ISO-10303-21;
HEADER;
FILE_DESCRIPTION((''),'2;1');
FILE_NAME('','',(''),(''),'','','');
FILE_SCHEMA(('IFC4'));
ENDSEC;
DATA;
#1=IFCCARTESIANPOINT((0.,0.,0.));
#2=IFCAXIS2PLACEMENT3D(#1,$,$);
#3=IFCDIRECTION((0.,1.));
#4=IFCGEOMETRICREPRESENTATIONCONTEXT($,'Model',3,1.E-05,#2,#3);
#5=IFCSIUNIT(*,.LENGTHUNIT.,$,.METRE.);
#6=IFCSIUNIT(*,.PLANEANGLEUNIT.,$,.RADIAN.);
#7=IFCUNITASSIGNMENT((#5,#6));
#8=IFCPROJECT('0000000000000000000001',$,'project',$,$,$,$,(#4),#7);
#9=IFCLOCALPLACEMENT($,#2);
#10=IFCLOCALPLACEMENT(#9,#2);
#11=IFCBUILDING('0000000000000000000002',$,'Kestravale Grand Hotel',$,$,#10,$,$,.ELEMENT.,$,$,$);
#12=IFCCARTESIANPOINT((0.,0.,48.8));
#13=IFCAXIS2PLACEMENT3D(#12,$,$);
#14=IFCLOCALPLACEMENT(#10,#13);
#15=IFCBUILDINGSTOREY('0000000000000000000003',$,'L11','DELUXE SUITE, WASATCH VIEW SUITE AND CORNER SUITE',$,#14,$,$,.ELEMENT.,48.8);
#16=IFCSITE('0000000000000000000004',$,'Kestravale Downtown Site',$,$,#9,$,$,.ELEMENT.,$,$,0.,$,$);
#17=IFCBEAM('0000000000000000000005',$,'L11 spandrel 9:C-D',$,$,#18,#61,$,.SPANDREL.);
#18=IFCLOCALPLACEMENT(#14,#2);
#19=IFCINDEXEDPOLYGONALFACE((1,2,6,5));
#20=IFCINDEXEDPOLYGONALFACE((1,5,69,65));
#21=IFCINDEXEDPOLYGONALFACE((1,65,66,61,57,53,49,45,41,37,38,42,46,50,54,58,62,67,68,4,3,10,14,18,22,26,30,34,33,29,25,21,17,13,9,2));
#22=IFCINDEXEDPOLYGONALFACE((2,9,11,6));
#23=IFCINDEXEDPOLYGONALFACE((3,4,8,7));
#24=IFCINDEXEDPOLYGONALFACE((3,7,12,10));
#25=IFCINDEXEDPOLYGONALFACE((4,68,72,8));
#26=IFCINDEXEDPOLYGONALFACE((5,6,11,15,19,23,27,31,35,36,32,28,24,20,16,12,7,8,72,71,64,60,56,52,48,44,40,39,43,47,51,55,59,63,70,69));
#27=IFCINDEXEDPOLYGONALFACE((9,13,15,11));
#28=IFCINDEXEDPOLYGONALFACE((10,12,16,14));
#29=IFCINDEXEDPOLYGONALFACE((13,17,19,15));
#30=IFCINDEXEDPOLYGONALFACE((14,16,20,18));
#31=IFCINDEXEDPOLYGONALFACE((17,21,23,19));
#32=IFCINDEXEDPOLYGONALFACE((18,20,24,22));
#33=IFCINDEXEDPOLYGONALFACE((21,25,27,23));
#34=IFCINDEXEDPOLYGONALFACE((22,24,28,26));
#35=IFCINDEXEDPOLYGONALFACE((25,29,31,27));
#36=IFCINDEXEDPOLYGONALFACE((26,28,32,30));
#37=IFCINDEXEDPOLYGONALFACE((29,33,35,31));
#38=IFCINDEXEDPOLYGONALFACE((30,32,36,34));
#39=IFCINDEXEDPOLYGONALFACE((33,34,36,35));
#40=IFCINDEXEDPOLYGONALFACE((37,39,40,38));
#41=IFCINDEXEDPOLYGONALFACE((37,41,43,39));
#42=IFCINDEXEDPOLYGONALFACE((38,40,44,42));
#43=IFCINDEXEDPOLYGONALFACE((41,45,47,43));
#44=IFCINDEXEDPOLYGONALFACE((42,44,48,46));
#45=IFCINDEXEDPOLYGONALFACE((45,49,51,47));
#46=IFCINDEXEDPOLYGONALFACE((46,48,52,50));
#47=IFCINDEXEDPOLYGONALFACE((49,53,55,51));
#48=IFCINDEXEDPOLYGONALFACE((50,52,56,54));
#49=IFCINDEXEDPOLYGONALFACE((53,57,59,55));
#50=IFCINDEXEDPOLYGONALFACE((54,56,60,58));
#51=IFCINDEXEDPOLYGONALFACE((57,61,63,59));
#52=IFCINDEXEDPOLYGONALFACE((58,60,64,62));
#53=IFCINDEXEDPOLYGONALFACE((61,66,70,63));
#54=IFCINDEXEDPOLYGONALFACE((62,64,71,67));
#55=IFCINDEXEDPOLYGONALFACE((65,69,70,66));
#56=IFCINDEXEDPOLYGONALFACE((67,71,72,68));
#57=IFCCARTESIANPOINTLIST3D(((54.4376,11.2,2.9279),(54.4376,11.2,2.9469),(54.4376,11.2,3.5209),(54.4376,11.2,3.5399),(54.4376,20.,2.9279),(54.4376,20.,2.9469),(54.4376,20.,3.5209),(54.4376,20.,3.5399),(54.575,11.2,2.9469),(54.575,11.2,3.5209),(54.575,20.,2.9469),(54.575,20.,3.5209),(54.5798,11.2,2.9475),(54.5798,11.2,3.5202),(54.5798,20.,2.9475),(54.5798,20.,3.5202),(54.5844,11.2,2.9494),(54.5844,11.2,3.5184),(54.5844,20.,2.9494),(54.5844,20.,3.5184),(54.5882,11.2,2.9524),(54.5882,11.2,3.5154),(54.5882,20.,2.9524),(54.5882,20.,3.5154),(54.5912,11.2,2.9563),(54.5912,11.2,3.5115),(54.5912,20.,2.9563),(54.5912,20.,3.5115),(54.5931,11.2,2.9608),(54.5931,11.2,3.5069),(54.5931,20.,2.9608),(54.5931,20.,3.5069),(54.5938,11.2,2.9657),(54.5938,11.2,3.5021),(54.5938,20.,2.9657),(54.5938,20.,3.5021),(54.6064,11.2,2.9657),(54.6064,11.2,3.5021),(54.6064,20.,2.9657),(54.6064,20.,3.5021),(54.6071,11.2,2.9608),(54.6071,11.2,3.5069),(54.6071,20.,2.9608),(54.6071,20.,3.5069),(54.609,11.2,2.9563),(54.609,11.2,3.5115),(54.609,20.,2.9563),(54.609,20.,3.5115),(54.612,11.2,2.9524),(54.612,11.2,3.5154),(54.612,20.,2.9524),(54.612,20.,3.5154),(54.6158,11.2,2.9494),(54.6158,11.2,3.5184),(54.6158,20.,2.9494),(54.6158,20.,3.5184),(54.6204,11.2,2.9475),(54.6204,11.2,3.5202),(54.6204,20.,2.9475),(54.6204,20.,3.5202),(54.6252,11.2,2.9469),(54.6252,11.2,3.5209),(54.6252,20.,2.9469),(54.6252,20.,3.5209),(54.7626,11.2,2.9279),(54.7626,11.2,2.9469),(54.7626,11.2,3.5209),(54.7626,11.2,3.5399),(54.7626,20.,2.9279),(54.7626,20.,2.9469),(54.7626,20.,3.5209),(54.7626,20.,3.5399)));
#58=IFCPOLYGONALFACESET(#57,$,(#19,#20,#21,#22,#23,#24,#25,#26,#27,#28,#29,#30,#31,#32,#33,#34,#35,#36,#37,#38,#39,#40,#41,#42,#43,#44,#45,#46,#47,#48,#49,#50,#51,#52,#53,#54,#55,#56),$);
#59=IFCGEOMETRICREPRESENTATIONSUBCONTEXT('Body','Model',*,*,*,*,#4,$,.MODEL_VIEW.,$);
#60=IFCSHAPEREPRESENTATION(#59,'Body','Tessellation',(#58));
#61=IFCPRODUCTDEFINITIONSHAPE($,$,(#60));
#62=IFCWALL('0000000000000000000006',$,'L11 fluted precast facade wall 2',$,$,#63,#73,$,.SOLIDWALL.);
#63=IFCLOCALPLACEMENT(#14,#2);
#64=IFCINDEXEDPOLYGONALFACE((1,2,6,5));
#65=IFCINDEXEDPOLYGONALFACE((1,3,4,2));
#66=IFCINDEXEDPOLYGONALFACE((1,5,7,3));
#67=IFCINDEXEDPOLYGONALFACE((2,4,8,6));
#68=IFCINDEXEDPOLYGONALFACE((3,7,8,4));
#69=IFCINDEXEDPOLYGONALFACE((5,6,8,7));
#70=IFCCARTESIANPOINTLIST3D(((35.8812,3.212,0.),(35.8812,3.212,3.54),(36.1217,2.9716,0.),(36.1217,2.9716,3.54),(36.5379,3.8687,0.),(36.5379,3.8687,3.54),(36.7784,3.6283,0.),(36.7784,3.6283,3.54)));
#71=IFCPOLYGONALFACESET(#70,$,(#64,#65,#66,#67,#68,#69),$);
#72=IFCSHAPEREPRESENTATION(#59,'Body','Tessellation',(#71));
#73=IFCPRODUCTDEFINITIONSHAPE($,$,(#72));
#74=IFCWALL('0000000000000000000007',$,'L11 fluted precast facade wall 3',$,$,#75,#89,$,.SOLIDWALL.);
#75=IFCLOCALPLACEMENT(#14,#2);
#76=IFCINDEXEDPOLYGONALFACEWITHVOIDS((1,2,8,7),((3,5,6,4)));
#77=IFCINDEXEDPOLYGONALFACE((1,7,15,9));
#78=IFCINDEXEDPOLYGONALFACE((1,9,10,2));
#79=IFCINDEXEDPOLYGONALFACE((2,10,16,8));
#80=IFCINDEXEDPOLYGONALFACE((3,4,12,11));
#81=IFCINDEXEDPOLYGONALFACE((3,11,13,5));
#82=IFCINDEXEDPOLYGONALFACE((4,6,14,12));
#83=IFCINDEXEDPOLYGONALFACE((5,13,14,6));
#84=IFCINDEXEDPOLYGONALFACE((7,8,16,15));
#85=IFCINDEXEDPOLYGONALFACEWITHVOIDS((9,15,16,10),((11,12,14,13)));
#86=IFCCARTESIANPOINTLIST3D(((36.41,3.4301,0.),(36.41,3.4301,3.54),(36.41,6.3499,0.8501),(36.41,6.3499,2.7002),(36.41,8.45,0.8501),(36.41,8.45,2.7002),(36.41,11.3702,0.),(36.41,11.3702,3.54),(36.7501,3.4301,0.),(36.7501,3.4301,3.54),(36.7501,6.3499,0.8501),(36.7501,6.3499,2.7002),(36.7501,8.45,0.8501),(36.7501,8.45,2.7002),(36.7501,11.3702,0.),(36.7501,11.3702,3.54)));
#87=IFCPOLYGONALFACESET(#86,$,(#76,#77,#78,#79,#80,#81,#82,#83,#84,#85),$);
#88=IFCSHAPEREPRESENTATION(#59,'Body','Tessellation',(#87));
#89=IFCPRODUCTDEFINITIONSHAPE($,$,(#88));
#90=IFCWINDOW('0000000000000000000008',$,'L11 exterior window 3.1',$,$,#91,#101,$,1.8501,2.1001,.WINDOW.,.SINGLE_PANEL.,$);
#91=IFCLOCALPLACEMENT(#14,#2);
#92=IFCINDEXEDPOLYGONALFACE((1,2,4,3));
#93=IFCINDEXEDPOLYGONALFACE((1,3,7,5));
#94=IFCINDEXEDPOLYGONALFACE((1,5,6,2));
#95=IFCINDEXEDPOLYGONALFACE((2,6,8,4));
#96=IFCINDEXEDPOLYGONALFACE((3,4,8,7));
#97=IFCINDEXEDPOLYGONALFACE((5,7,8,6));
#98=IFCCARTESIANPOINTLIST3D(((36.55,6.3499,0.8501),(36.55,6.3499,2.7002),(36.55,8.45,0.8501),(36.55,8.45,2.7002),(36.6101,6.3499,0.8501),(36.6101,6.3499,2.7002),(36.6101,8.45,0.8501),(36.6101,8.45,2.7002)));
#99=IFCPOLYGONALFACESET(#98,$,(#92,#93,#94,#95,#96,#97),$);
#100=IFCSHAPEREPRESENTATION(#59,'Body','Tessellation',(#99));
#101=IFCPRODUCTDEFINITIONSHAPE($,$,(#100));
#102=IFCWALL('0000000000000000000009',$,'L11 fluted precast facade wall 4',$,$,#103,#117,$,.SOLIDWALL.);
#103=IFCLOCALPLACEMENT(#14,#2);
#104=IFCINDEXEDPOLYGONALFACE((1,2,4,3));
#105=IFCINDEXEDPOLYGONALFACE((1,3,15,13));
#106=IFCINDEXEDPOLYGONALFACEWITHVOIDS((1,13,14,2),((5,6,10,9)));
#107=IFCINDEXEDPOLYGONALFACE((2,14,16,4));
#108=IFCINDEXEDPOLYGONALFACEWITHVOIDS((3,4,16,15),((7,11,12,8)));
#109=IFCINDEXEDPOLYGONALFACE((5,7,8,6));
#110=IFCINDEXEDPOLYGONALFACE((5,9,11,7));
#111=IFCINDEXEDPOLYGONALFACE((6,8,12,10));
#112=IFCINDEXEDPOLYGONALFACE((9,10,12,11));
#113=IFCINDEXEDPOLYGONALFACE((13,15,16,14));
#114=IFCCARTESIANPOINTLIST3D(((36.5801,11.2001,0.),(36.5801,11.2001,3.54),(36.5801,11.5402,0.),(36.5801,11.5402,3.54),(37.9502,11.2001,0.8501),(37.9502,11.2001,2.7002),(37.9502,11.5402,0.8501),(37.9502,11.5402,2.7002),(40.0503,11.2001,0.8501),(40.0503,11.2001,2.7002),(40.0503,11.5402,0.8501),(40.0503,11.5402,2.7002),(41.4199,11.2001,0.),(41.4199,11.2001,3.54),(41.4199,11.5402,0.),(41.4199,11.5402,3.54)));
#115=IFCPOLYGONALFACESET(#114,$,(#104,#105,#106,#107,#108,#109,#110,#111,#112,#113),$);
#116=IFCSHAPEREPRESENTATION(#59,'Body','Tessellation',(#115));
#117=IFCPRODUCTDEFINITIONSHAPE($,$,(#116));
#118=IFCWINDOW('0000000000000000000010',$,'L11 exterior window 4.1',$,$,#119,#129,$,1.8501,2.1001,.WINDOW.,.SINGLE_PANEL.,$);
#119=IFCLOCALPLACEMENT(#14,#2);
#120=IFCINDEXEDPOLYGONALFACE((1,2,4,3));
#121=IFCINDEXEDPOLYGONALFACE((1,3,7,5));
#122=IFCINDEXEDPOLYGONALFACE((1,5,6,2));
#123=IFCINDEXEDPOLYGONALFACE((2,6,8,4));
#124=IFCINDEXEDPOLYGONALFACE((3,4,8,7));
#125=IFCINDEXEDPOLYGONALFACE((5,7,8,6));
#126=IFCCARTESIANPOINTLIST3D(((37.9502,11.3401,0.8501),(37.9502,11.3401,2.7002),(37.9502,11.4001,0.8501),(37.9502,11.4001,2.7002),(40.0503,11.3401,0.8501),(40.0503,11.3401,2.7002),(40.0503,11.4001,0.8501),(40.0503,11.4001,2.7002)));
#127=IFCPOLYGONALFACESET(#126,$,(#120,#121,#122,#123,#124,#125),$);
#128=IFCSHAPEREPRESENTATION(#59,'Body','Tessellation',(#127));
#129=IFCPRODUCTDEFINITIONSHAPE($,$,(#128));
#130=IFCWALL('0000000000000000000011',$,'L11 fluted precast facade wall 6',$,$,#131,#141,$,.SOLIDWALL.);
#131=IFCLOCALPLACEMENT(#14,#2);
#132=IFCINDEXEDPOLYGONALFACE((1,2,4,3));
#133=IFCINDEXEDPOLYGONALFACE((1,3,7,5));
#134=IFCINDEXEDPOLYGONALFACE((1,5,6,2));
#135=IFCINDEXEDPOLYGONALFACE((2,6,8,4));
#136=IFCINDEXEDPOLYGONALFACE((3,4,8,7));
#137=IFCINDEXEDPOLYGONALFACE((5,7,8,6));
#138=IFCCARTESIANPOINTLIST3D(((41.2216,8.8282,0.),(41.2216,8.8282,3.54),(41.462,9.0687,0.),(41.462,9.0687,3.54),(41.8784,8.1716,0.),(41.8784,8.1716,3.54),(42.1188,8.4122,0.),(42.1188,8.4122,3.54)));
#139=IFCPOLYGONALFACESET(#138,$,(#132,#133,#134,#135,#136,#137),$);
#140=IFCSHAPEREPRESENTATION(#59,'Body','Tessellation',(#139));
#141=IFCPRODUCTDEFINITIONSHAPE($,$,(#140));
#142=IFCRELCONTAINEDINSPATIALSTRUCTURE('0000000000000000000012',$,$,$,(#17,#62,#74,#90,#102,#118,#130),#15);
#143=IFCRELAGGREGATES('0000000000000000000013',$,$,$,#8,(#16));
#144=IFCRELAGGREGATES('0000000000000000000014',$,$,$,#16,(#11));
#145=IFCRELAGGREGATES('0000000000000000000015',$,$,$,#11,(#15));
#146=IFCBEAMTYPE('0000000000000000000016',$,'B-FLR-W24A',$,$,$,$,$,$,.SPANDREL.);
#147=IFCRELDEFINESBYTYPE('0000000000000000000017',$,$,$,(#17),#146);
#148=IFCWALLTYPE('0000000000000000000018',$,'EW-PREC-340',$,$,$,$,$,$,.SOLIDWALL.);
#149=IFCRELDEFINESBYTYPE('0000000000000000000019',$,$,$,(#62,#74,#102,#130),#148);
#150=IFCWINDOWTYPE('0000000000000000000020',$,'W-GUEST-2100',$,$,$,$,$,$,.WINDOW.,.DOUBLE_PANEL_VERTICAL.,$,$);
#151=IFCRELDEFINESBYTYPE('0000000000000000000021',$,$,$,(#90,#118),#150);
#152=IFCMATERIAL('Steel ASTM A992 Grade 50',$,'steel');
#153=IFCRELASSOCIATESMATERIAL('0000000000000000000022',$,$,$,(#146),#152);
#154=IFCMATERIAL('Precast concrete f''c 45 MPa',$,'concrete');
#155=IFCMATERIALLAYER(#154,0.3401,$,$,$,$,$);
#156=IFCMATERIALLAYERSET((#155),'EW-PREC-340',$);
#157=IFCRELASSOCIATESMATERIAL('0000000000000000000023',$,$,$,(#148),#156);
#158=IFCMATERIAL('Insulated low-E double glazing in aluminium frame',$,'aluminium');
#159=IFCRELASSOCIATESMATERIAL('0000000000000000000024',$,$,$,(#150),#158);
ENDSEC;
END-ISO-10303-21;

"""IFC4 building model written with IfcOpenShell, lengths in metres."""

from ifc_helpers import new_model, si_unit, direction, frame, frame_2d, origin, origin_2d, place, context, subcontext, project, spatial, rectangle, i_section, extrude, material, layer, layer_set, material_profile, profile_set, type_object, element, fill, save


model = new_model("IFC4")

# Units and contexts
model_context = context("Model", 3, precision=1e-05, world=origin(), true_north=direction((0.0, 1.0)))
body_context = subcontext(model_context, "Body", "Model", "MODEL_VIEW")
ifc_project = project(units=[si_unit("LENGTHUNIT", "METRE"), si_unit("PLANEANGLEUNIT", "RADIAN")], contexts=[model_context])

# Site, building, storey
site_placement = place(None, origin())
site = spatial("IfcSite", under=ifc_project, at=site_placement, Name="Kestravale Downtown Site", CompositionType="ELEMENT", RefElevation=0.0)
building_placement = place(site_placement, origin())
building = spatial("IfcBuilding", under=site, at=building_placement, Name="Kestravale Grand Hotel", CompositionType="ELEMENT")
storey_placement = place(building_placement, frame((0.0, 0.0, 48.8)))
storey = spatial("IfcBuildingStorey", under=building, at=storey_placement, Name="L11", Description="DELUXE SUITE, WASATCH VIEW SUITE AND CORNER SUITE", CompositionType="ELEMENT", Elevation=48.8)

# Beam
ifc_material_1 = material(Name="Steel ASTM A992 Grade 50", Category="steel")
ifc_material_profile_1 = material_profile(ifc_material_1, i_section(OverallWidth=0.325, OverallDepth=0.6121, WebThickness=0.0127, FlangeThickness=0.019, FilletRadius=0.0188, at=origin_2d()))
ifc_profile_set_1 = profile_set([ifc_material_profile_1], Name="Steel ASTM A992 Grade 50")
beam_type_1 = type_object("IfcBeamType", Name="B-FLR-W24A", PredefinedType="SPANDREL", material=ifc_profile_set_1)
beam_1_placement = place(storey_placement, frame((54.6001, 11.2, 3.2339), z_axis=(0.0, 1.0, 0.0), x_axis=(-1.0, 0.0, 0.0)))
element("IfcBeam", 1, at=beam_1_placement, inside=storey, type_object=beam_type_1, Name="L11 spandrel 9:C-D", PredefinedType="SPANDREL", context=body_context, shape_type="SweptSolid", body=[
    extrude(i_section(OverallWidth=0.325, OverallDepth=0.6121, WebThickness=0.0127, FlangeThickness=0.019, FilletRadius=0.0188, at=origin_2d()), origin(), (0.0, 0.0, 1.0), 8.8),
])

# Wall
ifc_material_2 = material(Name="Precast concrete f'c 45 MPa", Category="concrete")
ifc_layer_1 = layer(ifc_material_2, 0.3401)
ifc_layer_set_1 = layer_set([ifc_layer_1], Name="EW-PREC-340")
wall_type_1 = type_object("IfcWallType", Name="EW-PREC-340", PredefinedType="SOLIDWALL", material=ifc_layer_set_1)
wall_1_placement = place(storey_placement, frame((36.0015, 3.0918, 0.0), z_axis=(0.0, 0.0, 1.0), x_axis=(0.707107, 0.707107, 0.0)))
element("IfcWall", 2, at=wall_1_placement, inside=storey, type_object=wall_type_1, Name="L11 fluted precast facade wall 2", PredefinedType="SOLIDWALL", context=body_context, shape_type="SweptSolid", body=[
    extrude(rectangle(XDim=0.9287, YDim=0.3401, at=frame_2d((0.4644, 0.0))), origin(), (0.0, 0.0, 1.0), 3.54),
])

# Walls, openings, windows
wall_2_placement = place(storey_placement, frame((36.5801, 3.4299, 0.0), z_axis=(0.0, 0.0, 1.0), x_axis=(0.0, 1.0, 0.0)))
wall_2 = element("IfcWall", 3, at=wall_2_placement, inside=storey, type_object=wall_type_1, Name="L11 fluted precast facade wall 3", PredefinedType="SOLIDWALL", context=body_context, shape_type="SweptSolid", body=[
    extrude(rectangle(XDim=7.9402, YDim=0.3401, at=frame_2d((3.9702, 0.0))), origin(), (0.0, 0.0, 1.0), 3.54),
])
opening_1_placement = place(wall_2_placement, frame((2.9199, 0.0, 0.8501)))
opening_1 = element("IfcOpeningElement", 4, at=opening_1_placement, cuts=wall_2, PredefinedType="OPENING", context=body_context, shape_type="SweptSolid", body=[
    extrude(rectangle(XDim=2.1001, YDim=1.8501, at=frame_2d((1.05, 0.925))), frame((0.0, 0.1799, 0.0), z_axis=(0.0, -1.0, 0.0), x_axis=(1.0, 0.0, 0.0)), (0.0, 0.0, 1.0), 0.3601),
])
ifc_material_3 = material(Name="Insulated low-E double glazing in aluminium frame", Category="aluminium")
window_type_1 = type_object("IfcWindowType", Name="W-GUEST-2100", PartitioningType="DOUBLE_PANEL_VERTICAL", PredefinedType="WINDOW", material=ifc_material_3)
window_1_placement = place(opening_1_placement, origin())
window_1 = element("IfcWindow", 5, at=window_1_placement, inside=storey, type_object=window_type_1, Name="L11 exterior window 3.1", OverallHeight=1.8501, OverallWidth=2.1001, PartitioningType="SINGLE_PANEL", PredefinedType="WINDOW", context=body_context, shape_type="SweptSolid", body=[
    extrude(rectangle(XDim=2.1001, YDim=1.8501, at=frame_2d((1.05, 0.925))), frame((0.0, 0.03, 0.0), z_axis=(0.0, -1.0, 0.0), x_axis=(1.0, 0.0, 0.0)), (0.0, 0.0, 1.0), 0.0601),
])
fill(opening_1, window_1)
wall_3_placement = place(storey_placement, frame((36.5801, 11.3701, 0.0), z_axis=(0.0, 0.0, 1.0), x_axis=(1.0, 0.0, 0.0)))
wall_3 = element("IfcWall", 6, at=wall_3_placement, inside=storey, type_object=wall_type_1, Name="L11 fluted precast facade wall 4", PredefinedType="SOLIDWALL", context=body_context, shape_type="SweptSolid", body=[
    extrude(rectangle(XDim=4.8398, YDim=0.3401, at=frame_2d((2.4199, 0.0))), origin(), (0.0, 0.0, 1.0), 3.54),
])
opening_2_placement = place(wall_3_placement, frame((1.3701, 0.0, 0.8501)))
opening_2 = element("IfcOpeningElement", 7, at=opening_2_placement, cuts=wall_3, PredefinedType="OPENING", context=body_context, shape_type="SweptSolid", body=[
    extrude(rectangle(XDim=2.1001, YDim=1.8501, at=frame_2d((1.05, 0.925))), frame((0.0, 0.1799, 0.0), z_axis=(0.0, -1.0, 0.0), x_axis=(1.0, 0.0, 0.0)), (0.0, 0.0, 1.0), 0.3601),
])
window_2_placement = place(opening_2_placement, origin())
window_2 = element("IfcWindow", 8, at=window_2_placement, inside=storey, type_object=window_type_1, Name="L11 exterior window 4.1", OverallHeight=1.8501, OverallWidth=2.1001, PartitioningType="SINGLE_PANEL", PredefinedType="WINDOW", context=body_context, shape_type="SweptSolid", body=[
    extrude(rectangle(XDim=2.1001, YDim=1.8501, at=frame_2d((1.05, 0.925))), frame((0.0, 0.03, 0.0), z_axis=(0.0, -1.0, 0.0), x_axis=(1.0, 0.0, 0.0)), (0.0, 0.0, 1.0), 0.0601),
])
fill(opening_2, window_2)

# Wall
wall_4_placement = place(storey_placement, frame((41.3418, 8.9485, 0.0), z_axis=(0.0, 0.0, 1.0), x_axis=(0.707238, -0.706975, 0.0)))
element("IfcWall", 9, at=wall_4_placement, inside=storey, type_object=wall_type_1, Name="L11 fluted precast facade wall 6", PredefinedType="SOLIDWALL", context=body_context, shape_type="SweptSolid", body=[
    extrude(rectangle(XDim=0.9287, YDim=0.3401, at=frame_2d((0.4644, 0.0))), origin(), (0.0, 0.0, 1.0), 3.54),
])

save(model, "model.ifc")
